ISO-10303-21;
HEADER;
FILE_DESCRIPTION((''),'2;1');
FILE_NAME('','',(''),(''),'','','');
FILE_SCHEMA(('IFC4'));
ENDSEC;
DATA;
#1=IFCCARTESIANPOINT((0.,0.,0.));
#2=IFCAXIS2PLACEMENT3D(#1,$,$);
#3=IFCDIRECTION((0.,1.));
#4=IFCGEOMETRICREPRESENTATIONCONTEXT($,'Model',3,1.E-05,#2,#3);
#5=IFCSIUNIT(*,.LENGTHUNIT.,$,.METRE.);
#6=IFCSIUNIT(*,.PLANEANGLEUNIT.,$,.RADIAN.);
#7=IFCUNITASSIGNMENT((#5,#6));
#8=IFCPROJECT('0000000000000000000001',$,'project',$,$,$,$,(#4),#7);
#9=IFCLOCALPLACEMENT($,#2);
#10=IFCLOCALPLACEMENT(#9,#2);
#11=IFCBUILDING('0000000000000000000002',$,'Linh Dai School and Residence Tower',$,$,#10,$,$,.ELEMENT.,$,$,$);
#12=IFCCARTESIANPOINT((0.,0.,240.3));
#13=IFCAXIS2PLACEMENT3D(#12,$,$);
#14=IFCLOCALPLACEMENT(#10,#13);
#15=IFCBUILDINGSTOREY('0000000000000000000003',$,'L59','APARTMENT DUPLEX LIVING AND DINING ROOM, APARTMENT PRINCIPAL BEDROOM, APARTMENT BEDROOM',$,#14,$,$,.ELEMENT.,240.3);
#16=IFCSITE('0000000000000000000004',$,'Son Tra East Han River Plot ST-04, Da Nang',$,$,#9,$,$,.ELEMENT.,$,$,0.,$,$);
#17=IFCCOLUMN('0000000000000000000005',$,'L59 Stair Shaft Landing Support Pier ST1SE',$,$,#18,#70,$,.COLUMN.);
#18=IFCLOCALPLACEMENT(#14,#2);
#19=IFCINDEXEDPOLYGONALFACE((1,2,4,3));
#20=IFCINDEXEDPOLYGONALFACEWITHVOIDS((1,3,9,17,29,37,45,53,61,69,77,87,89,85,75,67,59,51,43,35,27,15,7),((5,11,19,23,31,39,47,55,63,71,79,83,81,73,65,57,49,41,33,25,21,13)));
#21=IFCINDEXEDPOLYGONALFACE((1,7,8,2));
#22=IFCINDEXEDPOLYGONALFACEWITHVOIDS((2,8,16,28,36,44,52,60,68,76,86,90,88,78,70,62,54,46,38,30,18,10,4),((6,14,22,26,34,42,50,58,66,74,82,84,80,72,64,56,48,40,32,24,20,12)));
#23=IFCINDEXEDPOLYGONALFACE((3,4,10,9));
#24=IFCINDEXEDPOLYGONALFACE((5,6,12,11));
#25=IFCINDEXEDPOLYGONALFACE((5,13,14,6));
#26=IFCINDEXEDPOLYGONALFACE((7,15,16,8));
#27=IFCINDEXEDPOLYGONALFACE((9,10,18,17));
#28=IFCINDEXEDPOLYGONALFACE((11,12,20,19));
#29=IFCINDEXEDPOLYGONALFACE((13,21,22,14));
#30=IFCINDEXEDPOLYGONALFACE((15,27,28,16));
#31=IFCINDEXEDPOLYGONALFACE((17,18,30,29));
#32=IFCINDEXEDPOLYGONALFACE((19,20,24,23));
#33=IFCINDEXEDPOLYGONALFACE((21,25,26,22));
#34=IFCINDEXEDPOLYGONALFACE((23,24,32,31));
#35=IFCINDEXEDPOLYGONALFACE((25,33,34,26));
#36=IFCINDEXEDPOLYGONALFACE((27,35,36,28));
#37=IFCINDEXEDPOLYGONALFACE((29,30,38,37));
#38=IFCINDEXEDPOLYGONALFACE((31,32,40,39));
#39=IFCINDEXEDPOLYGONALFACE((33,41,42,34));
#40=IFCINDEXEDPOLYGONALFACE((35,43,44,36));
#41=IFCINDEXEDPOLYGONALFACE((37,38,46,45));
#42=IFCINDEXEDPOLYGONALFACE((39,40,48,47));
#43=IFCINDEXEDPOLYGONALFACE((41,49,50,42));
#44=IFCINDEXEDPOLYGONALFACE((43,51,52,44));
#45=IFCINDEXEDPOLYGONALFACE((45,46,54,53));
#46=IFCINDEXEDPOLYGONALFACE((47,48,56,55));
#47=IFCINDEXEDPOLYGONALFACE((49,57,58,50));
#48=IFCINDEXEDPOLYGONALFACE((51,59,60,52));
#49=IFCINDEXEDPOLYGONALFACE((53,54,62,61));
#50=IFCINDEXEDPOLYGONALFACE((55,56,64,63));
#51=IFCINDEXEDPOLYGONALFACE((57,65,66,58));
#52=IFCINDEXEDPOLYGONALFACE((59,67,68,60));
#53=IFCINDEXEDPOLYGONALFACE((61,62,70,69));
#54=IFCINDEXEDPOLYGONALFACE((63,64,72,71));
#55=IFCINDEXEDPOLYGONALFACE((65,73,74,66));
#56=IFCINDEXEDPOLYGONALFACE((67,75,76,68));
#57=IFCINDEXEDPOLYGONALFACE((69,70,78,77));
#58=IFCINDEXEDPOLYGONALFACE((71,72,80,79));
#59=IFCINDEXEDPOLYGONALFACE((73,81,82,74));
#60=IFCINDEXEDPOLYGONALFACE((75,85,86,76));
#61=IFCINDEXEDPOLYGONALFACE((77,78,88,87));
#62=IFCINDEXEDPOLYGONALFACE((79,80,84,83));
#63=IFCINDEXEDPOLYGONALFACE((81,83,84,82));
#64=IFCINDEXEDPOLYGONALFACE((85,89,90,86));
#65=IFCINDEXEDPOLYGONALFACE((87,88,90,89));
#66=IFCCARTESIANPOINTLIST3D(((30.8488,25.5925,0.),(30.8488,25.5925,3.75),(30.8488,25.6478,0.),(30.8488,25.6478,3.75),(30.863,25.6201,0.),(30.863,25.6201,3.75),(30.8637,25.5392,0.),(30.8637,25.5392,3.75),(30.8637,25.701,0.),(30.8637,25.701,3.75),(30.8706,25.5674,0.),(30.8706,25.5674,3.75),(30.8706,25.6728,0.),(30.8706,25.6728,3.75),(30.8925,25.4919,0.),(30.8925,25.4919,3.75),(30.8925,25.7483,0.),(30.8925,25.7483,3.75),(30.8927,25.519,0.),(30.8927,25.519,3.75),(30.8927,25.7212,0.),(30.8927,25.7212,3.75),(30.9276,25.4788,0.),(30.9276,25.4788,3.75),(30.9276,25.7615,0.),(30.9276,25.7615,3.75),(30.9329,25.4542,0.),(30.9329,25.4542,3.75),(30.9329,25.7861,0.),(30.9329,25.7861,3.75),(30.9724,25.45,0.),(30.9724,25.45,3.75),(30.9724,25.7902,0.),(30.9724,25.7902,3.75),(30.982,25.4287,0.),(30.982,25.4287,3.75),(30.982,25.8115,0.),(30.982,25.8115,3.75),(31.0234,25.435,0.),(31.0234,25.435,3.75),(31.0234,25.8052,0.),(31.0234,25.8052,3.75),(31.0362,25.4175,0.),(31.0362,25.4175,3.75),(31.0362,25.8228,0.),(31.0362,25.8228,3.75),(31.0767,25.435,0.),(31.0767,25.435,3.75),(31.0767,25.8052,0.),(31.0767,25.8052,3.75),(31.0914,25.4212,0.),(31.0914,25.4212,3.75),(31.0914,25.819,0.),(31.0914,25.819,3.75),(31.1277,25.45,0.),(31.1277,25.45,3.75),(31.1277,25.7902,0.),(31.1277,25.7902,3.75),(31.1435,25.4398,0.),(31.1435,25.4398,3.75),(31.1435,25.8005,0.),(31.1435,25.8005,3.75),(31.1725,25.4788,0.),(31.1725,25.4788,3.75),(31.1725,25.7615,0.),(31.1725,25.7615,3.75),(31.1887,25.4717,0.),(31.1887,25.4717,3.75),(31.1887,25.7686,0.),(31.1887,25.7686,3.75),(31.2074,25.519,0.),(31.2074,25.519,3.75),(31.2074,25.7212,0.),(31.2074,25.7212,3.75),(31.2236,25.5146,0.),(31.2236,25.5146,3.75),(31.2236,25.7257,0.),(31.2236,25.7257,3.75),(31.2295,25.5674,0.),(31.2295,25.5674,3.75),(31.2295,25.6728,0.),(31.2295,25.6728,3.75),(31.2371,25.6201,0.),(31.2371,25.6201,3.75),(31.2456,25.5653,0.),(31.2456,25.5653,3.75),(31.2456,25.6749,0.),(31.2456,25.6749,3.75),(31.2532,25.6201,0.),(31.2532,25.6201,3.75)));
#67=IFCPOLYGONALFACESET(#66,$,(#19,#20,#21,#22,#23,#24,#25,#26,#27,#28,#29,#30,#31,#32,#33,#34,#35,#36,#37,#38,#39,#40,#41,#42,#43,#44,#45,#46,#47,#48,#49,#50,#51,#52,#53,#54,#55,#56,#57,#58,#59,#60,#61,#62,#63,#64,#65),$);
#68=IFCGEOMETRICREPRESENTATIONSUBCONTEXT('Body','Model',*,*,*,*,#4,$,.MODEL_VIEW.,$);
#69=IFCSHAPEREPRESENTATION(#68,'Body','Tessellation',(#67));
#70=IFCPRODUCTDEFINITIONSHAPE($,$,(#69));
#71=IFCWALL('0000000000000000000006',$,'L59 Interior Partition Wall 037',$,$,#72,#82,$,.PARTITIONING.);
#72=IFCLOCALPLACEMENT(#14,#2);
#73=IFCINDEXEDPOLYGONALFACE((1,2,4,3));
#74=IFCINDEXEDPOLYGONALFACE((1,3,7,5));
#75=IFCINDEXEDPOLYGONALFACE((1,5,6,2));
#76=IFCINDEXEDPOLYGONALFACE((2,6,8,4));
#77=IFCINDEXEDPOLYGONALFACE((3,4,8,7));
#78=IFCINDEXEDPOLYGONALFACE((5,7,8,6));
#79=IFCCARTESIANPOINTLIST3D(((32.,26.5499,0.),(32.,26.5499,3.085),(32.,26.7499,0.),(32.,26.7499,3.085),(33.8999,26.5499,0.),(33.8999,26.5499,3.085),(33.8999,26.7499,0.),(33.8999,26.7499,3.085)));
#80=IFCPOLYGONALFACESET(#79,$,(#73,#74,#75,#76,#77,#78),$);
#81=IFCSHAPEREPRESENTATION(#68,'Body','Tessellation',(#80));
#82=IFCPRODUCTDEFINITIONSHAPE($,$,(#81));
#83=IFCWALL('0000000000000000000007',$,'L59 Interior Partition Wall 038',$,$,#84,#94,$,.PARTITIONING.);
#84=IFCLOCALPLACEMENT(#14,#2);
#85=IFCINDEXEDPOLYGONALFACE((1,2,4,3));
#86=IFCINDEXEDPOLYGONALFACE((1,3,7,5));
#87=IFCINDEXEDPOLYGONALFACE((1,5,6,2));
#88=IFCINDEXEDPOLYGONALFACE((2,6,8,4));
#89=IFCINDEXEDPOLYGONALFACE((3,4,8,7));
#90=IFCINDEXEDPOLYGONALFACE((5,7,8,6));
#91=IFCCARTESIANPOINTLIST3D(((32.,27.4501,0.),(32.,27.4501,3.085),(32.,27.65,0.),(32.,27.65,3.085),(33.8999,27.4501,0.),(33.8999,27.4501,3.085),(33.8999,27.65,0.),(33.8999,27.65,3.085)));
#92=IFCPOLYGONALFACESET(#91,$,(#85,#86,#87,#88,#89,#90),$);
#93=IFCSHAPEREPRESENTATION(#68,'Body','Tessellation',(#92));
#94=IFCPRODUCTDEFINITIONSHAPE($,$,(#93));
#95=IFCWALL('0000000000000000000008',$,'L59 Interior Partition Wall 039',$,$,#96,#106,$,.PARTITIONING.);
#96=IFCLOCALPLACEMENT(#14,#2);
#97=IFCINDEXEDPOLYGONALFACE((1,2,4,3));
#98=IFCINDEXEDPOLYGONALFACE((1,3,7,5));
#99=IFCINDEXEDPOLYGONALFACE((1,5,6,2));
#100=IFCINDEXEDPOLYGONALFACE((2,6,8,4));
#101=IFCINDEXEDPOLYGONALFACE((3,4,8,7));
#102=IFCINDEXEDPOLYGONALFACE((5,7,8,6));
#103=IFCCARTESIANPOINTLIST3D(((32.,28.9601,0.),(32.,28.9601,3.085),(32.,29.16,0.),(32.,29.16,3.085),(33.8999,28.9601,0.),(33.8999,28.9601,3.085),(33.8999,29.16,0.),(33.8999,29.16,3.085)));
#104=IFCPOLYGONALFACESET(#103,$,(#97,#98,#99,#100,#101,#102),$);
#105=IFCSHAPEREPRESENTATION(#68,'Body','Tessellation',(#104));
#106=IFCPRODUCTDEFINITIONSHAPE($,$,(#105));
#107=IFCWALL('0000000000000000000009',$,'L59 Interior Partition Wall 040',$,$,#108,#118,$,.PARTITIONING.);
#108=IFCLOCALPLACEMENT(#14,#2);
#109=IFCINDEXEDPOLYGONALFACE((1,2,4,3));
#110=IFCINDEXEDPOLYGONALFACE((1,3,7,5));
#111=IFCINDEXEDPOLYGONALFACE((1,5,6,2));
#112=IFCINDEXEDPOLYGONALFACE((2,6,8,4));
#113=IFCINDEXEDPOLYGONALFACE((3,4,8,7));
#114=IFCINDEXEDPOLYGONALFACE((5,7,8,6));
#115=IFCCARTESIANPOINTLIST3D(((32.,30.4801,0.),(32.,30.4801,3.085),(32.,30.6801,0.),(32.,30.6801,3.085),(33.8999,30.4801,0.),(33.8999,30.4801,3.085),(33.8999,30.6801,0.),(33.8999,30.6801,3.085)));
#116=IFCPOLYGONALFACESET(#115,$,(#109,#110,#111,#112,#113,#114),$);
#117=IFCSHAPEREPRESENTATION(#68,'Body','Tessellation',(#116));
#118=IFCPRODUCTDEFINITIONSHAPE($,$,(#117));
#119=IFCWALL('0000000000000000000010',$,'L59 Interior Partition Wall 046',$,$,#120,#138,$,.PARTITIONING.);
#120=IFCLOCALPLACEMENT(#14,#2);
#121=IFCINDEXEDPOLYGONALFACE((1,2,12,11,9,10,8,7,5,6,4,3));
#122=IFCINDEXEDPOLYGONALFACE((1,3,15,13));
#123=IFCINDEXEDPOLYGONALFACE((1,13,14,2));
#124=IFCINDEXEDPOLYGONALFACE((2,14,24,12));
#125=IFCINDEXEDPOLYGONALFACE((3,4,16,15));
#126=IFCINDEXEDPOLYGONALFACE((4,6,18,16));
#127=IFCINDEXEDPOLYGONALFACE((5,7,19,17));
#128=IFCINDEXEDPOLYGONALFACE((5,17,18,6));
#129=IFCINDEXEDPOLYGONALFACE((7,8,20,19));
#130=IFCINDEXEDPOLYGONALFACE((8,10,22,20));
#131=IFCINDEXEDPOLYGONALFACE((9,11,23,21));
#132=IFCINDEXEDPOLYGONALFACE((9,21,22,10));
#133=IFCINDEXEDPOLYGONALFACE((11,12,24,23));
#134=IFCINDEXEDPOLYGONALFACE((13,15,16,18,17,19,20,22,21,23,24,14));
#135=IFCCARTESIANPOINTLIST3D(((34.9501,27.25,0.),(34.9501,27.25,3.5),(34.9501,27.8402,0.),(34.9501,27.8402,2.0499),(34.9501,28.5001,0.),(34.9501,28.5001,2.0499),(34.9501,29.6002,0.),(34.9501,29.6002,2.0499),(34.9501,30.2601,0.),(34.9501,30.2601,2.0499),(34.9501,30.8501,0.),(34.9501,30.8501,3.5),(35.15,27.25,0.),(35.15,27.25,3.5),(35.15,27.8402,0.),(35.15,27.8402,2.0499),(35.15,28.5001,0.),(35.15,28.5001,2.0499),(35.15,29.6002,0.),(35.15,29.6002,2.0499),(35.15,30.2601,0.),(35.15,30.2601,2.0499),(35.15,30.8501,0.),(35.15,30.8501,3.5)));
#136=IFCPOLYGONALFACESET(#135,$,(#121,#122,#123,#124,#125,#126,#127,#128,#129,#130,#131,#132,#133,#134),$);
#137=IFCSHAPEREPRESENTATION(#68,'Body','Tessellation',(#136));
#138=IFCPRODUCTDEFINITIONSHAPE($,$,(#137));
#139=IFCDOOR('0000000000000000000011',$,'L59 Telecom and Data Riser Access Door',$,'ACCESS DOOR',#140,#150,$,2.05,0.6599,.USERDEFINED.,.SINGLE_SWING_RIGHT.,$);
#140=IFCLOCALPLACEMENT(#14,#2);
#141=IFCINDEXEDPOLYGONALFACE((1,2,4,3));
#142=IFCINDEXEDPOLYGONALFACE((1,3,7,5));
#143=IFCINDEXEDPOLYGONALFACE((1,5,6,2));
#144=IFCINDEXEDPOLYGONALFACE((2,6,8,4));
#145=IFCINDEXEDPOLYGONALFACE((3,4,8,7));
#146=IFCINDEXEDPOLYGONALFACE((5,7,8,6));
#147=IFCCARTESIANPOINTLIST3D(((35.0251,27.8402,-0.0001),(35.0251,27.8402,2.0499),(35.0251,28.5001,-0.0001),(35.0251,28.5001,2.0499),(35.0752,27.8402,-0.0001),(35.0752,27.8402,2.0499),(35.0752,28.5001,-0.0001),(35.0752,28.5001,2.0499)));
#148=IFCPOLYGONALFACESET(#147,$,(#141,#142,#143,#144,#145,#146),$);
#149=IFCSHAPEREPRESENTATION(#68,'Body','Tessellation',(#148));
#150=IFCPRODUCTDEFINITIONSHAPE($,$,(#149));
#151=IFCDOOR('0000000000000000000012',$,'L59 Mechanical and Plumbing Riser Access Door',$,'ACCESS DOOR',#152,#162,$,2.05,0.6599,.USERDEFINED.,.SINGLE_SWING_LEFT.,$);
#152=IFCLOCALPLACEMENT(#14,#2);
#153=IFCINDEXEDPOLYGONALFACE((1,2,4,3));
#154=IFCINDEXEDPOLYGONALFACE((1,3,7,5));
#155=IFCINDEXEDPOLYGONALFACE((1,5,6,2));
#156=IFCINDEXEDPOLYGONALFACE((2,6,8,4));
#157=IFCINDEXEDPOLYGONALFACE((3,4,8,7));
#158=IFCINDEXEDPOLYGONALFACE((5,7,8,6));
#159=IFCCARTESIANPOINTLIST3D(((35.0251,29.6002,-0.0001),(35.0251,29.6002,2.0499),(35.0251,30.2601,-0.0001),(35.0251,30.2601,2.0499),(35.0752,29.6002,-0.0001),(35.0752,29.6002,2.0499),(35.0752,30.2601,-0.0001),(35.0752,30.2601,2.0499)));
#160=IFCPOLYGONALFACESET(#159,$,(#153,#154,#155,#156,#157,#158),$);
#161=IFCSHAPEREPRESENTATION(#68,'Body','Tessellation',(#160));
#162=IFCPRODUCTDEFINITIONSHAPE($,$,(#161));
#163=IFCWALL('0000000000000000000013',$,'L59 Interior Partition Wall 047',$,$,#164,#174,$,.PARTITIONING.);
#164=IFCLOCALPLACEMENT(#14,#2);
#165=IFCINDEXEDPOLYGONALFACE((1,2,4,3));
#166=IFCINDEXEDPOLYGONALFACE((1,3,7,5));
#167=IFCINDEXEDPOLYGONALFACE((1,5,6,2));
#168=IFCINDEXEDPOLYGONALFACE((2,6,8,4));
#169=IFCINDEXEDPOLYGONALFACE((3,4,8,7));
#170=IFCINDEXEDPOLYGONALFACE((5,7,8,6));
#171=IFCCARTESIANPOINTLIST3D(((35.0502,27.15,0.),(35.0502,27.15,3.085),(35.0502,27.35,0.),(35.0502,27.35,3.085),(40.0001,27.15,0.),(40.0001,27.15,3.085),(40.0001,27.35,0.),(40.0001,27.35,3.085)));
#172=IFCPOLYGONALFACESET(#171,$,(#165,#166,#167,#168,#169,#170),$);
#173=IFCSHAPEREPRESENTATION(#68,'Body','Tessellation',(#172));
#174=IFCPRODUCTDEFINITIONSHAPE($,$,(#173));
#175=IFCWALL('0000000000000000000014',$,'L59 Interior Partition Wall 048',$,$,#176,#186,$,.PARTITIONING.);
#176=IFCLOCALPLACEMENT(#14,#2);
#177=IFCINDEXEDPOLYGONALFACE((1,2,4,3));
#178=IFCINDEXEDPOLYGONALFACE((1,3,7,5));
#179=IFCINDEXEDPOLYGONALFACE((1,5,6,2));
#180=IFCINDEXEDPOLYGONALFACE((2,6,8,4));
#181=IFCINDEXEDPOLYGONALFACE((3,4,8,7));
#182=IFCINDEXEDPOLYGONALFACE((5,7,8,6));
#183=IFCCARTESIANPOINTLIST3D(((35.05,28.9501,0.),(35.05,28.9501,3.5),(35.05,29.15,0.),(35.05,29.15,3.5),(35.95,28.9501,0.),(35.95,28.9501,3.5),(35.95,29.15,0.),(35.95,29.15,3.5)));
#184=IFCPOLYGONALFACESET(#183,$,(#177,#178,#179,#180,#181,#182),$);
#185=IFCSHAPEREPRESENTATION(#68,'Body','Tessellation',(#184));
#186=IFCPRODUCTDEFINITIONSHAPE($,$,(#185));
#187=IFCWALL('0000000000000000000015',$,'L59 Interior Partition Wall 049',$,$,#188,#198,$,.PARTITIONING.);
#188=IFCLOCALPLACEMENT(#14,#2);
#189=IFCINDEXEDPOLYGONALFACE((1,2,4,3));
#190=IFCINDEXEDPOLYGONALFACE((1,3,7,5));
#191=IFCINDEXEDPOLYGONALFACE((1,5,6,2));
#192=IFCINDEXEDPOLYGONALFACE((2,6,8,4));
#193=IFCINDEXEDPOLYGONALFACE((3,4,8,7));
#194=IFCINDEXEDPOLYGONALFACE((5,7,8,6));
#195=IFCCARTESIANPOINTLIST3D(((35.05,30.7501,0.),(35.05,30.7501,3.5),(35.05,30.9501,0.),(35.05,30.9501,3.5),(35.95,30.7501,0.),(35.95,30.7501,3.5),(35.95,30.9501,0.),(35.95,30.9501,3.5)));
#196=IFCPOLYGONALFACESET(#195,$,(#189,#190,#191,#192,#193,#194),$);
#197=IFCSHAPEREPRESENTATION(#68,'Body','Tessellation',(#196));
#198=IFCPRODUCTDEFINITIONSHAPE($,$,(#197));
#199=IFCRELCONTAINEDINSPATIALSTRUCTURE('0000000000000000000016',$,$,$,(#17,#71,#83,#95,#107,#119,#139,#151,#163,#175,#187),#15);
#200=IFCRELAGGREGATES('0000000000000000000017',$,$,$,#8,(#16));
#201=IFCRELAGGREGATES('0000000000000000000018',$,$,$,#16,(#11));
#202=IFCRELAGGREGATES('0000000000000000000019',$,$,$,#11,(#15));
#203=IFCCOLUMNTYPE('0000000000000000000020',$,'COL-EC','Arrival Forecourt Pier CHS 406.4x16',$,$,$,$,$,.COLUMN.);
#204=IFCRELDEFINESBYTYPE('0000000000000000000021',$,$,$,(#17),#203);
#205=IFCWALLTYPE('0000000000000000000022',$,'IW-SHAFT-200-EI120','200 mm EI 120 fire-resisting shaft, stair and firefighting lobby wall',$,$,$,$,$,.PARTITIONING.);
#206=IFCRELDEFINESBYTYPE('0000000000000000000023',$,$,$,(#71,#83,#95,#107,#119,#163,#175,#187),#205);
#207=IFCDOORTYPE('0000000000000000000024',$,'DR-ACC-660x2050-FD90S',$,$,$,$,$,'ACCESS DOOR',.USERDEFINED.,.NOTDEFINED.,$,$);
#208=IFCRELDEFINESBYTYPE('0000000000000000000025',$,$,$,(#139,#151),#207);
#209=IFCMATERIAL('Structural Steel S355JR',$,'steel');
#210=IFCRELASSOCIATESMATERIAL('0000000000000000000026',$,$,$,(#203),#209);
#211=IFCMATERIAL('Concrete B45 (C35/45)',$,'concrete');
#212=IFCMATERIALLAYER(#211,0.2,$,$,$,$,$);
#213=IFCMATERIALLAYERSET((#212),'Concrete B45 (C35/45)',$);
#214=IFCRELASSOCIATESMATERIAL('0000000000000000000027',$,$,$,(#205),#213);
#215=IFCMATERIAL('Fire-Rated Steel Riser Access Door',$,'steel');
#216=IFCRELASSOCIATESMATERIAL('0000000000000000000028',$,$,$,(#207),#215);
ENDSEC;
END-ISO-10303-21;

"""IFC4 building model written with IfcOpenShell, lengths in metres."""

from ifc_helpers import new_model, si_unit, direction, frame, frame_2d, origin, origin_2d, place, context, subcontext, project, spatial, rectangle, hollow_circle, extrude, source, transform, mapped, material, layer, layer_set, material_profile, profile_set, type_object, element, fill, save


model = new_model("IFC4")

# Units and contexts
model_context = context("Model", 3, precision=1e-05, world=origin(), true_north=direction((0.0, 1.0)))
body_context = subcontext(model_context, "Body", "Model", "MODEL_VIEW")
ifc_project = project(units=[si_unit("LENGTHUNIT", "METRE"), si_unit("PLANEANGLEUNIT", "RADIAN")], contexts=[model_context])

# Site, building, storey
site_placement = place(None, origin())
site = spatial("IfcSite", under=ifc_project, at=site_placement, Name="Son Tra East Han River Plot ST-04, Da Nang", CompositionType="ELEMENT", RefElevation=0.0)
building_placement = place(site_placement, origin())
building = spatial("IfcBuilding", under=site, at=building_placement, Name="Linh Dai School and Residence Tower", CompositionType="ELEMENT")
storey_placement = place(building_placement, frame((0.0, 0.0, 240.3)))
storey = spatial("IfcBuildingStorey", under=building, at=storey_placement, Name="L59", Description="APARTMENT DUPLEX LIVING AND DINING ROOM, APARTMENT PRINCIPAL BEDROOM, APARTMENT BEDROOM", CompositionType="ELEMENT", Elevation=240.3)

# Column
ifc_material_1 = material(Name="Structural Steel S355JR", Category="steel")
ifc_material_profile = material_profile(ifc_material_1, hollow_circle(Radius=0.2031, WallThickness=0.0161, at=origin_2d()), Name="CHS 406.4x16")
ifc_profile_set = profile_set([ifc_material_profile], Name="Structural Steel S355JR")
column_type = type_object("IfcColumnType", Name="COL-EC", Description="Arrival Forecourt Pier CHS 406.4x16", PredefinedType="COLUMN", material=ifc_profile_set)
column_placement = place(storey_placement, frame((31.05, 25.6201, 0.0), z_axis=(0.0, 0.0, 1.0), x_axis=(1.0, 0.0, 0.0)))
element("IfcColumn", 1, at=column_placement, inside=storey, type_object=column_type, Name="L59 Stair Shaft Landing Support Pier ST1SE", PredefinedType="COLUMN", context=body_context, shape_type="SweptSolid", body=[
    extrude(hollow_circle(Radius=0.2031, WallThickness=0.0161, at=origin_2d()), origin(), (0.0, 0.0, 1.0), 3.75),
])

# Walls
ifc_material_2 = material(Name="Concrete B45 (C35/45)", Category="concrete")
ifc_layer_1 = layer(ifc_material_2, 0.2)
ifc_layer_set_1 = layer_set([ifc_layer_1], Name="Concrete B45 (C35/45)")
wall_type_1 = type_object("IfcWallType", Name="IW-SHAFT-200-EI120", Description="200 mm EI 120 fire-resisting shaft, stair and firefighting lobby wall", PredefinedType="PARTITIONING", material=ifc_layer_set_1)
for number, where, z_axis, x_axis, name in (
    (2, (32.0, 26.6499, 0.0), (0.0, 0.0, 1.0), (1.0, 0.0, 0.0), "L59 Interior Partition Wall 037"),
    (3, (32.0, 27.55, 0.0), (0.0, 0.0, 1.0), (1.0, 0.0, 0.0), "L59 Interior Partition Wall 038"),
    (4, (32.0, 29.0601, 0.0), (0.0, 0.0, 1.0), (1.0, 0.0, 0.0), "L59 Interior Partition Wall 039"),
    (5, (32.0, 30.5801, 0.0), (0.0, 0.0, 1.0), (1.0, 0.0, 0.0), "L59 Interior Partition Wall 040"),
):
    element("IfcWall", number, at=place(storey_placement, frame(where, z_axis=z_axis, x_axis=x_axis)), inside=storey, type_object=wall_type_1, Name=name, PredefinedType="PARTITIONING", context=body_context, shape_type="SweptSolid", body=[
        extrude(rectangle(XDim=1.8999, YDim=0.2, at=frame_2d((0.95, 0.0))), origin(), (0.0, 0.0, 1.0), 3.085),
    ])

# Wall, openings, doors
wall_1_placement = place(storey_placement, frame((35.05, 27.25, 0.0), z_axis=(0.0, 0.0, 1.0), x_axis=(0.0, 1.0, 0.0)))
wall_1 = element("IfcWall", 6, at=wall_1_placement, inside=storey, type_object=wall_type_1, Name="L59 Interior Partition Wall 046", PredefinedType="PARTITIONING", context=body_context, shape_type="SweptSolid", body=[
    extrude(rectangle(XDim=3.6001, YDim=0.2, at=frame_2d((1.8, 0.0))), origin(), (0.0, 0.0, 1.0), 3.5),
])
opening_1_placement = place(wall_1_placement, frame((0.5901, 0.0, 0.0)))
opening_1 = element("IfcOpeningElement", 7, at=opening_1_placement, cuts=wall_1, PredefinedType="OPENING", context=body_context, shape_type="SweptSolid", body=[
    extrude(rectangle(XDim=0.6599, YDim=2.05, at=origin_2d()), frame((0.3301, 0.1099, 1.0249), z_axis=(0.0, -1.0, 0.0), x_axis=(1.0, 0.0, 0.0)), (0.0, 0.0, 1.0), 0.22),
])
opening_2_placement = place(wall_1_placement, frame((2.3501, 0.0, 0.0)))
opening_2 = element("IfcOpeningElement", 8, at=opening_2_placement, cuts=wall_1, PredefinedType="OPENING", context=body_context, shape_type="SweptSolid", body=[
    extrude(rectangle(XDim=0.6599, YDim=2.05, at=origin_2d()), frame((0.3301, 0.1099, 1.0249), z_axis=(0.0, -1.0, 0.0), x_axis=(1.0, 0.0, 0.0)), (0.0, 0.0, 1.0), 0.22),
])
ifc_material_3 = material(Name="Fire-Rated Steel Riser Access Door", Category="steel")
door_type = type_object("IfcDoorType", Name="DR-ACC-660x2050-FD90S", ElementType="ACCESS DOOR", OperationType="NOTDEFINED", PredefinedType="USERDEFINED", material=ifc_material_3)
shared_shape_1 = source(origin(), body_context, "Body", "SweptSolid", [
    extrude(rectangle(XDim=0.6599, YDim=2.05, at=origin_2d()), frame((0.3301, 0.0249, 1.0249), z_axis=(0.0, -1.0, 0.0), x_axis=(1.0, 0.0, 0.0)), (0.0, 0.0, 1.0), 0.05),
])
door_1_placement = place(opening_1_placement, origin())
door_1 = element("IfcDoor", 9, at=door_1_placement, inside=storey, type_object=door_type, Name="L59 Telecom and Data Riser Access Door", ObjectType="ACCESS DOOR", OperationType="SINGLE_SWING_RIGHT", OverallHeight=2.05, OverallWidth=0.6599, PredefinedType="USERDEFINED", context=body_context, shape_type="MappedRepresentation", body=[
    mapped(shared_shape_1, transform((0.0, 0.0, 0.0), x_axis=(1.0, 0.0, 0.0), y_axis=(0.0, 1.0, 0.0), z_axis=(0.0, 0.0, 1.0), scale=1.0)),
])
fill(opening_1, door_1)
door_2_placement = place(opening_2_placement, origin())
door_2 = element("IfcDoor", 10, at=door_2_placement, inside=storey, type_object=door_type, Name="L59 Mechanical and Plumbing Riser Access Door", ObjectType="ACCESS DOOR", OperationType="SINGLE_SWING_LEFT", OverallHeight=2.05, OverallWidth=0.6599, PredefinedType="USERDEFINED", context=body_context, shape_type="MappedRepresentation", body=[
    mapped(shared_shape_1, transform((0.0, 0.0, 0.0), x_axis=(1.0, 0.0, 0.0), y_axis=(0.0, 1.0, 0.0), z_axis=(0.0, 0.0, 1.0), scale=1.0)),
])
fill(opening_2, door_2)

# Walls
wall_2_placement = place(storey_placement, frame((35.05, 27.25, 0.0), z_axis=(0.0, 0.0, 1.0), x_axis=(1.0, 0.0, 0.0)))
element("IfcWall", 11, at=wall_2_placement, inside=storey, type_object=wall_type_1, Name="L59 Interior Partition Wall 047", PredefinedType="PARTITIONING", context=body_context, shape_type="SweptSolid", body=[
    extrude(rectangle(XDim=4.95, YDim=0.2, at=frame_2d((2.4751, 0.0))), origin(), (0.0, 0.0, 1.0), 3.085),
])
for number, where, z_axis, x_axis, name in (
    (12, (35.05, 29.05, 0.0), (0.0, 0.0, 1.0), (1.0, 0.0, 0.0), "L59 Interior Partition Wall 048"),
    (13, (35.05, 30.8501, 0.0), (0.0, 0.0, 1.0), (1.0, 0.0, 0.0), "L59 Interior Partition Wall 049"),
):
    element("IfcWall", number, at=place(storey_placement, frame(where, z_axis=z_axis, x_axis=x_axis)), inside=storey, type_object=wall_type_1, Name=name, PredefinedType="PARTITIONING", context=body_context, shape_type="SweptSolid", body=[
        extrude(rectangle(XDim=0.8999, YDim=0.2, at=frame_2d((0.45, 0.0))), origin(), (0.0, 0.0, 1.0), 3.5),
    ])

save(model, "model.ifc")
